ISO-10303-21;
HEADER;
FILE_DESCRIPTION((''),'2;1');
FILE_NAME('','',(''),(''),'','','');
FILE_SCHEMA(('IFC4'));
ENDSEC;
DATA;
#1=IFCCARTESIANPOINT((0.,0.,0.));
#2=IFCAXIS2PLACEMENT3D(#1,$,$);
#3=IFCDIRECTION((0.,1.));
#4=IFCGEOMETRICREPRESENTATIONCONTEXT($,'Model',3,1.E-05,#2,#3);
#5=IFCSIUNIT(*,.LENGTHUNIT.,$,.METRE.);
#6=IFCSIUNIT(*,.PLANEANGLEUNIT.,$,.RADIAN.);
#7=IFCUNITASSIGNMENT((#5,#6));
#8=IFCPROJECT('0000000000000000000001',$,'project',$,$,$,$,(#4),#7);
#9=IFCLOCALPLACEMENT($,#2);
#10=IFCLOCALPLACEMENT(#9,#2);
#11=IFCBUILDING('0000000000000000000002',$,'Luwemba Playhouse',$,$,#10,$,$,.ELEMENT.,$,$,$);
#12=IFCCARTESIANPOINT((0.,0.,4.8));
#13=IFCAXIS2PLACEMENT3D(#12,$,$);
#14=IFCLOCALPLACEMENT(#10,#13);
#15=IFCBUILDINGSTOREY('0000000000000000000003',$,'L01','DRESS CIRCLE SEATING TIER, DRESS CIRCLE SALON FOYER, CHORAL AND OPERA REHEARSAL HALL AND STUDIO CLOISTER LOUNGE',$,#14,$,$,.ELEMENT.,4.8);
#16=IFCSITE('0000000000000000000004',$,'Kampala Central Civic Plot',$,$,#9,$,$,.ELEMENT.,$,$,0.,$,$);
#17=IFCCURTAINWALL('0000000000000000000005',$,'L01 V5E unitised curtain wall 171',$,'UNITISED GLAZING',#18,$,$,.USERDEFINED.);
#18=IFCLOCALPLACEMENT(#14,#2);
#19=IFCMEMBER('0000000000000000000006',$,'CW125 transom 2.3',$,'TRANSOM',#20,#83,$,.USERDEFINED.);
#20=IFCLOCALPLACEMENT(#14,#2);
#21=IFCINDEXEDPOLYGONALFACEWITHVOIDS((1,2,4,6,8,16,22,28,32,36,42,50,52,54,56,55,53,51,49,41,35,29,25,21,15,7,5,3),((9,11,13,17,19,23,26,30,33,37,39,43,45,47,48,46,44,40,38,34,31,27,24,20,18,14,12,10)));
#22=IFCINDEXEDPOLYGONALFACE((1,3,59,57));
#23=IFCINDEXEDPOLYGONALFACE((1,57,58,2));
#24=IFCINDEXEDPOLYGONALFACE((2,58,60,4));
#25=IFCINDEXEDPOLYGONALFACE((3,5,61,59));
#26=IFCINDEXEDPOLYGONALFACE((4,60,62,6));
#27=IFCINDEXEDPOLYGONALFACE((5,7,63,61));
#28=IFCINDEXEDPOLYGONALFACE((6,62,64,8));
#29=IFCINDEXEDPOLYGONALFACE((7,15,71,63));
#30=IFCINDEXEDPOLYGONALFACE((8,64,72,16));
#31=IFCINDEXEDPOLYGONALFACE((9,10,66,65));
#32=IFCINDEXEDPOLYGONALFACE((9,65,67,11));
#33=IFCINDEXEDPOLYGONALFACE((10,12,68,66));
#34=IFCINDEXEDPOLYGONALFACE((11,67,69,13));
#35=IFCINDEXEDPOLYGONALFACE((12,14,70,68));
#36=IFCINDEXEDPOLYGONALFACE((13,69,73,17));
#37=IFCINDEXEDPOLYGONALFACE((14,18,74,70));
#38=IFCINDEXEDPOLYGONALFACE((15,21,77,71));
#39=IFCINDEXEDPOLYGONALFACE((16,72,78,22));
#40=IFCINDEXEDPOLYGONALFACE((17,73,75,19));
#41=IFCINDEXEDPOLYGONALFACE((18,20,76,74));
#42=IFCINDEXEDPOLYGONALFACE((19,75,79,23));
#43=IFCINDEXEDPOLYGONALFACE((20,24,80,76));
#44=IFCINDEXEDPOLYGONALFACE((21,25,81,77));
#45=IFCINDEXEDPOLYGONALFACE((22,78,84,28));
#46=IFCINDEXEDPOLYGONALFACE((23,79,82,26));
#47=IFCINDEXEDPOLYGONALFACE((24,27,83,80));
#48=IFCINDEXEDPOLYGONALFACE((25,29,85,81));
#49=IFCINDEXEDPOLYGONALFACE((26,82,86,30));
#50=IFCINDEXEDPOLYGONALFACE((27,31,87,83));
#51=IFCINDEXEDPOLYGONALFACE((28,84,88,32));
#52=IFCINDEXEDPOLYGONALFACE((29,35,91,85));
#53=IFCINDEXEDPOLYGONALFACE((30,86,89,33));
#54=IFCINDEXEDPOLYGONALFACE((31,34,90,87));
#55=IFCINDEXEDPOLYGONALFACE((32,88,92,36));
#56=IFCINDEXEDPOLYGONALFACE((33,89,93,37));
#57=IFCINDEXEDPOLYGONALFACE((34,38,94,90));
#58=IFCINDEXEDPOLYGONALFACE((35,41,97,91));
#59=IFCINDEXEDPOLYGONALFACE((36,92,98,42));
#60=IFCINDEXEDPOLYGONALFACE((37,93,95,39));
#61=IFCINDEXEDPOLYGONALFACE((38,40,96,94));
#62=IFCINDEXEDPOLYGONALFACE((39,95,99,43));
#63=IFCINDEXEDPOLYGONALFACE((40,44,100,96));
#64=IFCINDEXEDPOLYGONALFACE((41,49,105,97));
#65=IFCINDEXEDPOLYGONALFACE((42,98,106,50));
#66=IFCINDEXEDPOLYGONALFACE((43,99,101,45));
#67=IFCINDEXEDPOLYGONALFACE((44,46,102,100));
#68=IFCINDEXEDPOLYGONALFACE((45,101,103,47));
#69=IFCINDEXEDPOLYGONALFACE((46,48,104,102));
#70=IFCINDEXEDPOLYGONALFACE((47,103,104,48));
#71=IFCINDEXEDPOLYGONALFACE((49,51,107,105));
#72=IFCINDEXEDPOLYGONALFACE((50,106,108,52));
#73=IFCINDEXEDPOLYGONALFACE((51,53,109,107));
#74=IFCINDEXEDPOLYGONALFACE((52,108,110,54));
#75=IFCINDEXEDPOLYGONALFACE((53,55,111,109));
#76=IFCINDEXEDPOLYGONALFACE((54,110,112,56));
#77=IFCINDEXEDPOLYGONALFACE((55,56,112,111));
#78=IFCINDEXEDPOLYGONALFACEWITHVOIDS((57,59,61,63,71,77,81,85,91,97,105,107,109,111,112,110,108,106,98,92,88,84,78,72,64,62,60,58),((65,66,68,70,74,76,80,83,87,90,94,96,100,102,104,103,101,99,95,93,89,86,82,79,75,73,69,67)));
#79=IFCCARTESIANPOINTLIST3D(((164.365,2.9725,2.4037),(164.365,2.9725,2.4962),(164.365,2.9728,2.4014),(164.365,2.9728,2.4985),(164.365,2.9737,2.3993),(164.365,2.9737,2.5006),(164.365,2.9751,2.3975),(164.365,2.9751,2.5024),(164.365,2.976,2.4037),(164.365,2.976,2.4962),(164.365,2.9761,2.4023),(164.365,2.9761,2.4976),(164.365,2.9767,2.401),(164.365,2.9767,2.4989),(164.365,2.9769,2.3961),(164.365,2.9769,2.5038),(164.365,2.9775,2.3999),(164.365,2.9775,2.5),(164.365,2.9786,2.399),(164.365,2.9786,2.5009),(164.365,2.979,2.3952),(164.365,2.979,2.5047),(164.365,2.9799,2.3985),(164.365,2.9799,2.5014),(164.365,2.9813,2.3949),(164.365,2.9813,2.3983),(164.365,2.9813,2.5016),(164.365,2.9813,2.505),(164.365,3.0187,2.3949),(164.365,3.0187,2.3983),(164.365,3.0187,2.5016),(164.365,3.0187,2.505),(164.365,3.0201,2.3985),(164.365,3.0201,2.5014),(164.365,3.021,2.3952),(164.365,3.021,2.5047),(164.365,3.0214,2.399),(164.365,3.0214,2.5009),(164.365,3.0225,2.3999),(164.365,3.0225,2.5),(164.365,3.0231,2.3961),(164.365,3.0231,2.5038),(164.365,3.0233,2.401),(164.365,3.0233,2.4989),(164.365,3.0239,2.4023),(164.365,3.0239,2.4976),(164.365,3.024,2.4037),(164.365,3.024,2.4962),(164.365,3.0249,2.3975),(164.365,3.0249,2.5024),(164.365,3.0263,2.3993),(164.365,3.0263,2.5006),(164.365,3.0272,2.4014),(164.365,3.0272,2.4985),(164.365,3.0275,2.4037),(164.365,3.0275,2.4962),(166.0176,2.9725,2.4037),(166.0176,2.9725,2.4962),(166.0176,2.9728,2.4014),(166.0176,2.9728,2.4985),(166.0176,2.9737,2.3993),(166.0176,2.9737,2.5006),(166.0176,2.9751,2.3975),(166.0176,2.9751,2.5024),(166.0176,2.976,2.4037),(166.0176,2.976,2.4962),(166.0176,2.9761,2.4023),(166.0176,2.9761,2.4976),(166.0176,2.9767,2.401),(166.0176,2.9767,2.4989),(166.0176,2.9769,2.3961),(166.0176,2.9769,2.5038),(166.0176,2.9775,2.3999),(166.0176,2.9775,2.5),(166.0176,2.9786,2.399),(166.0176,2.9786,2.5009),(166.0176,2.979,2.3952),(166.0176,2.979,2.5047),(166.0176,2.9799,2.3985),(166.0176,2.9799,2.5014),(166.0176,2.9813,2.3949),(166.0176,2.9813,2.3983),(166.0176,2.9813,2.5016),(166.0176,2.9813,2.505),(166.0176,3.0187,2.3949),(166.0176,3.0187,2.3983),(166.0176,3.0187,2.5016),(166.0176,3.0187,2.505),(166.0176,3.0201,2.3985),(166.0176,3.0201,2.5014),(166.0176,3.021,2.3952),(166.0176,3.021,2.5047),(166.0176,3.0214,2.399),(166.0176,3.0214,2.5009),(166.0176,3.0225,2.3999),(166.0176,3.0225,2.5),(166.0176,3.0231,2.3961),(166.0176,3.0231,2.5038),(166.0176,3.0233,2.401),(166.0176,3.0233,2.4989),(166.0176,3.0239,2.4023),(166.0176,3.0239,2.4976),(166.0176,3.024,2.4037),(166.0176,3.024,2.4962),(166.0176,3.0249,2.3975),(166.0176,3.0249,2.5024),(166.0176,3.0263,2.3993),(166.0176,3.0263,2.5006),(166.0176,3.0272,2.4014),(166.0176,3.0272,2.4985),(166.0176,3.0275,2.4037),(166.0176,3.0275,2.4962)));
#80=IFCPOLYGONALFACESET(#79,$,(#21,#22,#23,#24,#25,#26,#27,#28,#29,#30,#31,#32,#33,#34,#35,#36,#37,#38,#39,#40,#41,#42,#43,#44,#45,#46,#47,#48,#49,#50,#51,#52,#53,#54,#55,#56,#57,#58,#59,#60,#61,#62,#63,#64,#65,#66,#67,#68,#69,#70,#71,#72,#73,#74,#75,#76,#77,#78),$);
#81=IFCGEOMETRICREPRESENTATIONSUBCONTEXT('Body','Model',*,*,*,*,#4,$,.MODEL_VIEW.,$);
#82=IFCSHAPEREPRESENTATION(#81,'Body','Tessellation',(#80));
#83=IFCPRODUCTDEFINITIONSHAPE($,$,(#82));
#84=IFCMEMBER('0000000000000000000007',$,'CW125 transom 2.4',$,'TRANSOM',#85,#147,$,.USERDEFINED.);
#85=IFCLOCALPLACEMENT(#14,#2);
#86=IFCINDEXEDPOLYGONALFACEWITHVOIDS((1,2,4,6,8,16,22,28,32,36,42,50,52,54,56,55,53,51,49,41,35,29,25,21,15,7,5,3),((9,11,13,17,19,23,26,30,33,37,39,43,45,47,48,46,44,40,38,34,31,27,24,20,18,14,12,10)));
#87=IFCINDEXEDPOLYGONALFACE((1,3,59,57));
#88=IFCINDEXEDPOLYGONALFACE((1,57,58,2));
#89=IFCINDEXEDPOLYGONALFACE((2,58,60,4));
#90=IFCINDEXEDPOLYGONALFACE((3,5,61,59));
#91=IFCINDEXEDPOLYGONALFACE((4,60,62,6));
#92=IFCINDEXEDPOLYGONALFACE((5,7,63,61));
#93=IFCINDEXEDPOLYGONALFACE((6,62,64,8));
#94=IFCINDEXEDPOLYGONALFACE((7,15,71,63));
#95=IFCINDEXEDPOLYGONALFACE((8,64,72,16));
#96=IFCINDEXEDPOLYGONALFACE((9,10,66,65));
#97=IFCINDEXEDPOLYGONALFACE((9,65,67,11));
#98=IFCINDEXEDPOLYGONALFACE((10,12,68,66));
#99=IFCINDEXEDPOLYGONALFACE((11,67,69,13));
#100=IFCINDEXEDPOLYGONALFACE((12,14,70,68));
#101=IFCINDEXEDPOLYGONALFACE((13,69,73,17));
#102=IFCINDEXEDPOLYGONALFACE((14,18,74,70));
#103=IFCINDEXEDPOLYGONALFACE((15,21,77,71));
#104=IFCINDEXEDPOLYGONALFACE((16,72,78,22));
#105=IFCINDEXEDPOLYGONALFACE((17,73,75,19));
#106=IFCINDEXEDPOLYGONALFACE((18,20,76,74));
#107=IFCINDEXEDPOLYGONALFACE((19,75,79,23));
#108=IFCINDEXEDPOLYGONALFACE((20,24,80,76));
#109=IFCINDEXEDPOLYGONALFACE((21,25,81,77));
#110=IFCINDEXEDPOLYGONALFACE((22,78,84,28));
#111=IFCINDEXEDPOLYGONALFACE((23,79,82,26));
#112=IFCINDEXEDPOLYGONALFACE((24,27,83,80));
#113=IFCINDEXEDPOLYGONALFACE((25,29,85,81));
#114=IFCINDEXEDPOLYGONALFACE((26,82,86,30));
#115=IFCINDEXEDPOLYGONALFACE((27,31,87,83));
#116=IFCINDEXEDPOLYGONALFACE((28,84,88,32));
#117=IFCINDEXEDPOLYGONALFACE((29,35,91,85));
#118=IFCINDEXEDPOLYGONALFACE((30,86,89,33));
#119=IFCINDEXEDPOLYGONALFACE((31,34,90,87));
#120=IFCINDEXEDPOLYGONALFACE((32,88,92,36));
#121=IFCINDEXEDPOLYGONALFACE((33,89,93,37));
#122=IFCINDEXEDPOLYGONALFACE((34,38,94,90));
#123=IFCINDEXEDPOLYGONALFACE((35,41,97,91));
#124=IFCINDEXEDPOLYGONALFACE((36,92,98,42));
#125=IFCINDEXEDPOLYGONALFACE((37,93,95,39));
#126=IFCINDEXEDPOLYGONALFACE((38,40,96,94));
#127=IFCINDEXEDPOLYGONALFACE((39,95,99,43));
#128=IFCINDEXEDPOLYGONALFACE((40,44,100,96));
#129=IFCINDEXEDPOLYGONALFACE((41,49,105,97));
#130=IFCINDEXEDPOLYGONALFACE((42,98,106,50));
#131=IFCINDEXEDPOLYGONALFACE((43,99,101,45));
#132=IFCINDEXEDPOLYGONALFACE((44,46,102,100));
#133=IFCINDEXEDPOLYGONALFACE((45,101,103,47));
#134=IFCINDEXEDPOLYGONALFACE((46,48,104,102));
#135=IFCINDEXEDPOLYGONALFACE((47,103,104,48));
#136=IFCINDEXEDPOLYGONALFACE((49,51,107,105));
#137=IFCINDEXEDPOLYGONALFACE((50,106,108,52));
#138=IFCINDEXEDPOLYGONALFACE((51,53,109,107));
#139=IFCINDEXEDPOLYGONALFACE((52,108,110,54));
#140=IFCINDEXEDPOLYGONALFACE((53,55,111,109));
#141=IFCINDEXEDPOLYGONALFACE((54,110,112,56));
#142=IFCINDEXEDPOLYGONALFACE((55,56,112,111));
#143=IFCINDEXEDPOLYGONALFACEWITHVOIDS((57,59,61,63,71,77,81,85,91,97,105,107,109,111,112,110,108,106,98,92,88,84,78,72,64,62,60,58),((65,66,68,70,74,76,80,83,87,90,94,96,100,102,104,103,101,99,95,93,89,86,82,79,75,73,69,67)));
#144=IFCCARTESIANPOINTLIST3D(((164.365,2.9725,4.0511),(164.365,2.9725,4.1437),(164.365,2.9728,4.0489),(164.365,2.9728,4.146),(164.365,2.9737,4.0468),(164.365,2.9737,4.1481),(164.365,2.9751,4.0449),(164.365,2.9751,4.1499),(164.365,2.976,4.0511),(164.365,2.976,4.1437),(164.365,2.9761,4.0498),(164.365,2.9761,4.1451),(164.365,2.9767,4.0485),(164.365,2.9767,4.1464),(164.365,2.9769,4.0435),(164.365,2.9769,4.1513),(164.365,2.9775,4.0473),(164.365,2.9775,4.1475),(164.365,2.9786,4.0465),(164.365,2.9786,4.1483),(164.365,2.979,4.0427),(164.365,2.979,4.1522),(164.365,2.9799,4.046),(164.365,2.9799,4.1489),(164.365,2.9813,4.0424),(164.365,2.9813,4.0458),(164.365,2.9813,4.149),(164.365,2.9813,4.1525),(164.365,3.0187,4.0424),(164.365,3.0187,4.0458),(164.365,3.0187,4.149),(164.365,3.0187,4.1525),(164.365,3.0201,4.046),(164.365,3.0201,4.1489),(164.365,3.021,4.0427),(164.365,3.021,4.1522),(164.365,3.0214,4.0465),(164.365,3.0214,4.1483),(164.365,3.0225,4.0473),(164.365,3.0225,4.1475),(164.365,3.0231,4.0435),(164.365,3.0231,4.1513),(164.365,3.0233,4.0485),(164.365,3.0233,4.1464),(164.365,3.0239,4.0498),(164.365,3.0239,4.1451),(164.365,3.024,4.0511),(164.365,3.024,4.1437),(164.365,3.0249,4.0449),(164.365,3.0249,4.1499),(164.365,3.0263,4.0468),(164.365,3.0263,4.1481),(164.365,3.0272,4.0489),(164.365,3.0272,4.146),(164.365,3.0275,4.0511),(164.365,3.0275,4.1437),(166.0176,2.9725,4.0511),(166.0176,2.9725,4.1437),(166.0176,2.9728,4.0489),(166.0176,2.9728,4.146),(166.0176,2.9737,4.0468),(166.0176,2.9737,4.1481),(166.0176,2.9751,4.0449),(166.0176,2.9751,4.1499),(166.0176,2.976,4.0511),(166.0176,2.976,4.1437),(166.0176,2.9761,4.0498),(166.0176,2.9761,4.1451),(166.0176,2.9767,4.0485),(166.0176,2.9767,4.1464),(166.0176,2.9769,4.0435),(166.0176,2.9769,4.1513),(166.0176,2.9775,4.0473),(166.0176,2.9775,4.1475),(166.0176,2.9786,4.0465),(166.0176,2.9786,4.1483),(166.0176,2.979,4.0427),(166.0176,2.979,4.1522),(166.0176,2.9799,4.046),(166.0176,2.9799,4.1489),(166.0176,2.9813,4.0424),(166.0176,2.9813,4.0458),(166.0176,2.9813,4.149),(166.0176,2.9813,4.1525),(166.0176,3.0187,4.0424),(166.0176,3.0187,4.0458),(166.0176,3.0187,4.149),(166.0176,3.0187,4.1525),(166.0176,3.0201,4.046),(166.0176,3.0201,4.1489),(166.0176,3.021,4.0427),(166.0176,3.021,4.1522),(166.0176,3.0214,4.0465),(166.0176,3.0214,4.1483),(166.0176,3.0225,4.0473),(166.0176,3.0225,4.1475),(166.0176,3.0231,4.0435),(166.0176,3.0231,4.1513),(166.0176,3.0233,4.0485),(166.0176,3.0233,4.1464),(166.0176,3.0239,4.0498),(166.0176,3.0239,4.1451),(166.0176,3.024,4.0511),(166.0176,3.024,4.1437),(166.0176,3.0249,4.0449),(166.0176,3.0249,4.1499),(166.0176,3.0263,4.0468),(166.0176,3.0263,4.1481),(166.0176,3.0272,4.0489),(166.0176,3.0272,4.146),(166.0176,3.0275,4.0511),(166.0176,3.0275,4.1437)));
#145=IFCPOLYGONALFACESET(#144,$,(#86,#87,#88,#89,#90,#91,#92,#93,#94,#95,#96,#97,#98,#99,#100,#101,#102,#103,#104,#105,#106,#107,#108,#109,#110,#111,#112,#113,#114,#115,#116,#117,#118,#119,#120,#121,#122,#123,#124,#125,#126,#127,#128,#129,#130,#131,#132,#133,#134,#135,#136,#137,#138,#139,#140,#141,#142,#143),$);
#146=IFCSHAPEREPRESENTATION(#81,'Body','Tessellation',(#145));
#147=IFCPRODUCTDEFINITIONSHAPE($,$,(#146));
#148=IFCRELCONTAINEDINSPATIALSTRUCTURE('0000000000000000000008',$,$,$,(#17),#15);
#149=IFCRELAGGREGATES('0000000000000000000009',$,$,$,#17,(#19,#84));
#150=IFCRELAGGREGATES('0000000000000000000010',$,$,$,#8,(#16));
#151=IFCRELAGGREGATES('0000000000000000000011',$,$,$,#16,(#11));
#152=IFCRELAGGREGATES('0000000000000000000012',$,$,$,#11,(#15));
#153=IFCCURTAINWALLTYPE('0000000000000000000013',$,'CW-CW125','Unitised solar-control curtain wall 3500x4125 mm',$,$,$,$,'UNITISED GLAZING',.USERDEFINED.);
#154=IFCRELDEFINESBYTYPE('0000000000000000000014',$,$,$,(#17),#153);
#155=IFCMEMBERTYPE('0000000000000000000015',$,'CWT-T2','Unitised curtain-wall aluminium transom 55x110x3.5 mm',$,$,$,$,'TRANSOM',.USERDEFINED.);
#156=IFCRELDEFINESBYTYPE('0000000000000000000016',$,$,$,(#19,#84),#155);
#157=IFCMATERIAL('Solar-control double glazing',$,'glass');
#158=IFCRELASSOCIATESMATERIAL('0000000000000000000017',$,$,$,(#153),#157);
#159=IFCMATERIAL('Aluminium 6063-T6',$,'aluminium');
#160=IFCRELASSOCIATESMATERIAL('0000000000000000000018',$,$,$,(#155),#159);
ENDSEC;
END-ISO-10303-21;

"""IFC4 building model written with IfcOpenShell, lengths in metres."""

from ifc_helpers import new_model, si_unit, direction, frame, origin, origin_2d, place, context, subcontext, project, spatial, hollow_rectangle, extrude, material, material_profile, profile_set, type_object, element, aggregate, save


model = new_model("IFC4")

# Units and contexts
model_context = context("Model", 3, precision=1e-05, world=origin(), true_north=direction((0.0, 1.0)))
body_context = subcontext(model_context, "Body", "Model", "MODEL_VIEW")
ifc_project = project(units=[si_unit("LENGTHUNIT", "METRE"), si_unit("PLANEANGLEUNIT", "RADIAN")], contexts=[model_context])

# Site, building, storey
site_placement = place(None, origin())
site = spatial("IfcSite", under=ifc_project, at=site_placement, Name="Kampala Central Civic Plot", CompositionType="ELEMENT", RefElevation=0.0)
building_placement = place(site_placement, origin())
building = spatial("IfcBuilding", under=site, at=building_placement, Name="Luwemba Playhouse", CompositionType="ELEMENT")
storey_placement = place(building_placement, frame((0.0, 0.0, 4.8)))
storey = spatial("IfcBuildingStorey", under=building, at=storey_placement, Name="L01", Description="DRESS CIRCLE SEATING TIER, DRESS CIRCLE SALON FOYER, CHORAL AND OPERA REHEARSAL HALL AND STUDIO CLOISTER LOUNGE", CompositionType="ELEMENT", Elevation=4.8)

# Curtain wall, members
ifc_material_1 = material(Name="Solar-control double glazing", Category="glass")
curtain_wall_type_1 = type_object("IfcCurtainWallType", Name="CW-CW125", Description="Unitised solar-control curtain wall 3500x4125 mm", ElementType="UNITISED GLAZING", PredefinedType="USERDEFINED", material=ifc_material_1)
curtain_wall_1_placement = place(storey_placement, origin())
curtain_wall_1 = element("IfcCurtainWall", 1, at=curtain_wall_1_placement, inside=storey, type_object=curtain_wall_type_1, Name="L01 V5E unitised curtain wall 171", ObjectType="UNITISED GLAZING", PredefinedType="USERDEFINED")
ifc_material_2 = material(Name="Aluminium 6063-T6", Category="aluminium")
ifc_material_profile_1 = material_profile(ifc_material_2, hollow_rectangle(XDim=0.0549, YDim=0.1101, WallThickness=0.0034, InnerFilletRadius=0.0054, OuterFilletRadius=0.0088, at=origin_2d()))
ifc_profile_set_1 = profile_set([ifc_material_profile_1], Name="Aluminium 6063-T6")
member_type_1 = type_object("IfcMemberType", Name="CWT-T2", Description="Unitised curtain-wall aluminium transom 55x110x3.5 mm", ElementType="TRANSOM", PredefinedType="USERDEFINED", material=ifc_profile_set_1)
member_1_placement = place(storey_placement, frame((166.0176, 3.0, 2.45), z_axis=(-1.0, 0.0, 0.0), x_axis=(0.0, -1.0, 0.0)))
member_1 = element("IfcMember", 2, at=member_1_placement, type_object=member_type_1, Name="CW125 transom 2.3", ObjectType="TRANSOM", PredefinedType="USERDEFINED", context=body_context, shape_type="SweptSolid", body=[
    extrude(hollow_rectangle(XDim=0.0549, YDim=0.1101, WallThickness=0.0034, InnerFilletRadius=0.0054, OuterFilletRadius=0.0088, at=origin_2d()), origin(), (0.0, 0.0, 1.0), 1.6526),
])
member_2_placement = place(storey_placement, frame((166.0176, 3.0, 4.0974), z_axis=(-1.0, 0.0, 0.0), x_axis=(0.0, -1.0, 0.0)))
member_2 = element("IfcMember", 3, at=member_2_placement, type_object=member_type_1, Name="CW125 transom 2.4", ObjectType="TRANSOM", PredefinedType="USERDEFINED", context=body_context, shape_type="SweptSolid", body=[
    extrude(hollow_rectangle(XDim=0.0549, YDim=0.1101, WallThickness=0.0034, InnerFilletRadius=0.0054, OuterFilletRadius=0.0088, at=origin_2d()), origin(), (0.0, 0.0, 1.0), 1.6526),
])

aggregate(curtain_wall_1, [member_1, member_2])

save(model, "model.ifc")
